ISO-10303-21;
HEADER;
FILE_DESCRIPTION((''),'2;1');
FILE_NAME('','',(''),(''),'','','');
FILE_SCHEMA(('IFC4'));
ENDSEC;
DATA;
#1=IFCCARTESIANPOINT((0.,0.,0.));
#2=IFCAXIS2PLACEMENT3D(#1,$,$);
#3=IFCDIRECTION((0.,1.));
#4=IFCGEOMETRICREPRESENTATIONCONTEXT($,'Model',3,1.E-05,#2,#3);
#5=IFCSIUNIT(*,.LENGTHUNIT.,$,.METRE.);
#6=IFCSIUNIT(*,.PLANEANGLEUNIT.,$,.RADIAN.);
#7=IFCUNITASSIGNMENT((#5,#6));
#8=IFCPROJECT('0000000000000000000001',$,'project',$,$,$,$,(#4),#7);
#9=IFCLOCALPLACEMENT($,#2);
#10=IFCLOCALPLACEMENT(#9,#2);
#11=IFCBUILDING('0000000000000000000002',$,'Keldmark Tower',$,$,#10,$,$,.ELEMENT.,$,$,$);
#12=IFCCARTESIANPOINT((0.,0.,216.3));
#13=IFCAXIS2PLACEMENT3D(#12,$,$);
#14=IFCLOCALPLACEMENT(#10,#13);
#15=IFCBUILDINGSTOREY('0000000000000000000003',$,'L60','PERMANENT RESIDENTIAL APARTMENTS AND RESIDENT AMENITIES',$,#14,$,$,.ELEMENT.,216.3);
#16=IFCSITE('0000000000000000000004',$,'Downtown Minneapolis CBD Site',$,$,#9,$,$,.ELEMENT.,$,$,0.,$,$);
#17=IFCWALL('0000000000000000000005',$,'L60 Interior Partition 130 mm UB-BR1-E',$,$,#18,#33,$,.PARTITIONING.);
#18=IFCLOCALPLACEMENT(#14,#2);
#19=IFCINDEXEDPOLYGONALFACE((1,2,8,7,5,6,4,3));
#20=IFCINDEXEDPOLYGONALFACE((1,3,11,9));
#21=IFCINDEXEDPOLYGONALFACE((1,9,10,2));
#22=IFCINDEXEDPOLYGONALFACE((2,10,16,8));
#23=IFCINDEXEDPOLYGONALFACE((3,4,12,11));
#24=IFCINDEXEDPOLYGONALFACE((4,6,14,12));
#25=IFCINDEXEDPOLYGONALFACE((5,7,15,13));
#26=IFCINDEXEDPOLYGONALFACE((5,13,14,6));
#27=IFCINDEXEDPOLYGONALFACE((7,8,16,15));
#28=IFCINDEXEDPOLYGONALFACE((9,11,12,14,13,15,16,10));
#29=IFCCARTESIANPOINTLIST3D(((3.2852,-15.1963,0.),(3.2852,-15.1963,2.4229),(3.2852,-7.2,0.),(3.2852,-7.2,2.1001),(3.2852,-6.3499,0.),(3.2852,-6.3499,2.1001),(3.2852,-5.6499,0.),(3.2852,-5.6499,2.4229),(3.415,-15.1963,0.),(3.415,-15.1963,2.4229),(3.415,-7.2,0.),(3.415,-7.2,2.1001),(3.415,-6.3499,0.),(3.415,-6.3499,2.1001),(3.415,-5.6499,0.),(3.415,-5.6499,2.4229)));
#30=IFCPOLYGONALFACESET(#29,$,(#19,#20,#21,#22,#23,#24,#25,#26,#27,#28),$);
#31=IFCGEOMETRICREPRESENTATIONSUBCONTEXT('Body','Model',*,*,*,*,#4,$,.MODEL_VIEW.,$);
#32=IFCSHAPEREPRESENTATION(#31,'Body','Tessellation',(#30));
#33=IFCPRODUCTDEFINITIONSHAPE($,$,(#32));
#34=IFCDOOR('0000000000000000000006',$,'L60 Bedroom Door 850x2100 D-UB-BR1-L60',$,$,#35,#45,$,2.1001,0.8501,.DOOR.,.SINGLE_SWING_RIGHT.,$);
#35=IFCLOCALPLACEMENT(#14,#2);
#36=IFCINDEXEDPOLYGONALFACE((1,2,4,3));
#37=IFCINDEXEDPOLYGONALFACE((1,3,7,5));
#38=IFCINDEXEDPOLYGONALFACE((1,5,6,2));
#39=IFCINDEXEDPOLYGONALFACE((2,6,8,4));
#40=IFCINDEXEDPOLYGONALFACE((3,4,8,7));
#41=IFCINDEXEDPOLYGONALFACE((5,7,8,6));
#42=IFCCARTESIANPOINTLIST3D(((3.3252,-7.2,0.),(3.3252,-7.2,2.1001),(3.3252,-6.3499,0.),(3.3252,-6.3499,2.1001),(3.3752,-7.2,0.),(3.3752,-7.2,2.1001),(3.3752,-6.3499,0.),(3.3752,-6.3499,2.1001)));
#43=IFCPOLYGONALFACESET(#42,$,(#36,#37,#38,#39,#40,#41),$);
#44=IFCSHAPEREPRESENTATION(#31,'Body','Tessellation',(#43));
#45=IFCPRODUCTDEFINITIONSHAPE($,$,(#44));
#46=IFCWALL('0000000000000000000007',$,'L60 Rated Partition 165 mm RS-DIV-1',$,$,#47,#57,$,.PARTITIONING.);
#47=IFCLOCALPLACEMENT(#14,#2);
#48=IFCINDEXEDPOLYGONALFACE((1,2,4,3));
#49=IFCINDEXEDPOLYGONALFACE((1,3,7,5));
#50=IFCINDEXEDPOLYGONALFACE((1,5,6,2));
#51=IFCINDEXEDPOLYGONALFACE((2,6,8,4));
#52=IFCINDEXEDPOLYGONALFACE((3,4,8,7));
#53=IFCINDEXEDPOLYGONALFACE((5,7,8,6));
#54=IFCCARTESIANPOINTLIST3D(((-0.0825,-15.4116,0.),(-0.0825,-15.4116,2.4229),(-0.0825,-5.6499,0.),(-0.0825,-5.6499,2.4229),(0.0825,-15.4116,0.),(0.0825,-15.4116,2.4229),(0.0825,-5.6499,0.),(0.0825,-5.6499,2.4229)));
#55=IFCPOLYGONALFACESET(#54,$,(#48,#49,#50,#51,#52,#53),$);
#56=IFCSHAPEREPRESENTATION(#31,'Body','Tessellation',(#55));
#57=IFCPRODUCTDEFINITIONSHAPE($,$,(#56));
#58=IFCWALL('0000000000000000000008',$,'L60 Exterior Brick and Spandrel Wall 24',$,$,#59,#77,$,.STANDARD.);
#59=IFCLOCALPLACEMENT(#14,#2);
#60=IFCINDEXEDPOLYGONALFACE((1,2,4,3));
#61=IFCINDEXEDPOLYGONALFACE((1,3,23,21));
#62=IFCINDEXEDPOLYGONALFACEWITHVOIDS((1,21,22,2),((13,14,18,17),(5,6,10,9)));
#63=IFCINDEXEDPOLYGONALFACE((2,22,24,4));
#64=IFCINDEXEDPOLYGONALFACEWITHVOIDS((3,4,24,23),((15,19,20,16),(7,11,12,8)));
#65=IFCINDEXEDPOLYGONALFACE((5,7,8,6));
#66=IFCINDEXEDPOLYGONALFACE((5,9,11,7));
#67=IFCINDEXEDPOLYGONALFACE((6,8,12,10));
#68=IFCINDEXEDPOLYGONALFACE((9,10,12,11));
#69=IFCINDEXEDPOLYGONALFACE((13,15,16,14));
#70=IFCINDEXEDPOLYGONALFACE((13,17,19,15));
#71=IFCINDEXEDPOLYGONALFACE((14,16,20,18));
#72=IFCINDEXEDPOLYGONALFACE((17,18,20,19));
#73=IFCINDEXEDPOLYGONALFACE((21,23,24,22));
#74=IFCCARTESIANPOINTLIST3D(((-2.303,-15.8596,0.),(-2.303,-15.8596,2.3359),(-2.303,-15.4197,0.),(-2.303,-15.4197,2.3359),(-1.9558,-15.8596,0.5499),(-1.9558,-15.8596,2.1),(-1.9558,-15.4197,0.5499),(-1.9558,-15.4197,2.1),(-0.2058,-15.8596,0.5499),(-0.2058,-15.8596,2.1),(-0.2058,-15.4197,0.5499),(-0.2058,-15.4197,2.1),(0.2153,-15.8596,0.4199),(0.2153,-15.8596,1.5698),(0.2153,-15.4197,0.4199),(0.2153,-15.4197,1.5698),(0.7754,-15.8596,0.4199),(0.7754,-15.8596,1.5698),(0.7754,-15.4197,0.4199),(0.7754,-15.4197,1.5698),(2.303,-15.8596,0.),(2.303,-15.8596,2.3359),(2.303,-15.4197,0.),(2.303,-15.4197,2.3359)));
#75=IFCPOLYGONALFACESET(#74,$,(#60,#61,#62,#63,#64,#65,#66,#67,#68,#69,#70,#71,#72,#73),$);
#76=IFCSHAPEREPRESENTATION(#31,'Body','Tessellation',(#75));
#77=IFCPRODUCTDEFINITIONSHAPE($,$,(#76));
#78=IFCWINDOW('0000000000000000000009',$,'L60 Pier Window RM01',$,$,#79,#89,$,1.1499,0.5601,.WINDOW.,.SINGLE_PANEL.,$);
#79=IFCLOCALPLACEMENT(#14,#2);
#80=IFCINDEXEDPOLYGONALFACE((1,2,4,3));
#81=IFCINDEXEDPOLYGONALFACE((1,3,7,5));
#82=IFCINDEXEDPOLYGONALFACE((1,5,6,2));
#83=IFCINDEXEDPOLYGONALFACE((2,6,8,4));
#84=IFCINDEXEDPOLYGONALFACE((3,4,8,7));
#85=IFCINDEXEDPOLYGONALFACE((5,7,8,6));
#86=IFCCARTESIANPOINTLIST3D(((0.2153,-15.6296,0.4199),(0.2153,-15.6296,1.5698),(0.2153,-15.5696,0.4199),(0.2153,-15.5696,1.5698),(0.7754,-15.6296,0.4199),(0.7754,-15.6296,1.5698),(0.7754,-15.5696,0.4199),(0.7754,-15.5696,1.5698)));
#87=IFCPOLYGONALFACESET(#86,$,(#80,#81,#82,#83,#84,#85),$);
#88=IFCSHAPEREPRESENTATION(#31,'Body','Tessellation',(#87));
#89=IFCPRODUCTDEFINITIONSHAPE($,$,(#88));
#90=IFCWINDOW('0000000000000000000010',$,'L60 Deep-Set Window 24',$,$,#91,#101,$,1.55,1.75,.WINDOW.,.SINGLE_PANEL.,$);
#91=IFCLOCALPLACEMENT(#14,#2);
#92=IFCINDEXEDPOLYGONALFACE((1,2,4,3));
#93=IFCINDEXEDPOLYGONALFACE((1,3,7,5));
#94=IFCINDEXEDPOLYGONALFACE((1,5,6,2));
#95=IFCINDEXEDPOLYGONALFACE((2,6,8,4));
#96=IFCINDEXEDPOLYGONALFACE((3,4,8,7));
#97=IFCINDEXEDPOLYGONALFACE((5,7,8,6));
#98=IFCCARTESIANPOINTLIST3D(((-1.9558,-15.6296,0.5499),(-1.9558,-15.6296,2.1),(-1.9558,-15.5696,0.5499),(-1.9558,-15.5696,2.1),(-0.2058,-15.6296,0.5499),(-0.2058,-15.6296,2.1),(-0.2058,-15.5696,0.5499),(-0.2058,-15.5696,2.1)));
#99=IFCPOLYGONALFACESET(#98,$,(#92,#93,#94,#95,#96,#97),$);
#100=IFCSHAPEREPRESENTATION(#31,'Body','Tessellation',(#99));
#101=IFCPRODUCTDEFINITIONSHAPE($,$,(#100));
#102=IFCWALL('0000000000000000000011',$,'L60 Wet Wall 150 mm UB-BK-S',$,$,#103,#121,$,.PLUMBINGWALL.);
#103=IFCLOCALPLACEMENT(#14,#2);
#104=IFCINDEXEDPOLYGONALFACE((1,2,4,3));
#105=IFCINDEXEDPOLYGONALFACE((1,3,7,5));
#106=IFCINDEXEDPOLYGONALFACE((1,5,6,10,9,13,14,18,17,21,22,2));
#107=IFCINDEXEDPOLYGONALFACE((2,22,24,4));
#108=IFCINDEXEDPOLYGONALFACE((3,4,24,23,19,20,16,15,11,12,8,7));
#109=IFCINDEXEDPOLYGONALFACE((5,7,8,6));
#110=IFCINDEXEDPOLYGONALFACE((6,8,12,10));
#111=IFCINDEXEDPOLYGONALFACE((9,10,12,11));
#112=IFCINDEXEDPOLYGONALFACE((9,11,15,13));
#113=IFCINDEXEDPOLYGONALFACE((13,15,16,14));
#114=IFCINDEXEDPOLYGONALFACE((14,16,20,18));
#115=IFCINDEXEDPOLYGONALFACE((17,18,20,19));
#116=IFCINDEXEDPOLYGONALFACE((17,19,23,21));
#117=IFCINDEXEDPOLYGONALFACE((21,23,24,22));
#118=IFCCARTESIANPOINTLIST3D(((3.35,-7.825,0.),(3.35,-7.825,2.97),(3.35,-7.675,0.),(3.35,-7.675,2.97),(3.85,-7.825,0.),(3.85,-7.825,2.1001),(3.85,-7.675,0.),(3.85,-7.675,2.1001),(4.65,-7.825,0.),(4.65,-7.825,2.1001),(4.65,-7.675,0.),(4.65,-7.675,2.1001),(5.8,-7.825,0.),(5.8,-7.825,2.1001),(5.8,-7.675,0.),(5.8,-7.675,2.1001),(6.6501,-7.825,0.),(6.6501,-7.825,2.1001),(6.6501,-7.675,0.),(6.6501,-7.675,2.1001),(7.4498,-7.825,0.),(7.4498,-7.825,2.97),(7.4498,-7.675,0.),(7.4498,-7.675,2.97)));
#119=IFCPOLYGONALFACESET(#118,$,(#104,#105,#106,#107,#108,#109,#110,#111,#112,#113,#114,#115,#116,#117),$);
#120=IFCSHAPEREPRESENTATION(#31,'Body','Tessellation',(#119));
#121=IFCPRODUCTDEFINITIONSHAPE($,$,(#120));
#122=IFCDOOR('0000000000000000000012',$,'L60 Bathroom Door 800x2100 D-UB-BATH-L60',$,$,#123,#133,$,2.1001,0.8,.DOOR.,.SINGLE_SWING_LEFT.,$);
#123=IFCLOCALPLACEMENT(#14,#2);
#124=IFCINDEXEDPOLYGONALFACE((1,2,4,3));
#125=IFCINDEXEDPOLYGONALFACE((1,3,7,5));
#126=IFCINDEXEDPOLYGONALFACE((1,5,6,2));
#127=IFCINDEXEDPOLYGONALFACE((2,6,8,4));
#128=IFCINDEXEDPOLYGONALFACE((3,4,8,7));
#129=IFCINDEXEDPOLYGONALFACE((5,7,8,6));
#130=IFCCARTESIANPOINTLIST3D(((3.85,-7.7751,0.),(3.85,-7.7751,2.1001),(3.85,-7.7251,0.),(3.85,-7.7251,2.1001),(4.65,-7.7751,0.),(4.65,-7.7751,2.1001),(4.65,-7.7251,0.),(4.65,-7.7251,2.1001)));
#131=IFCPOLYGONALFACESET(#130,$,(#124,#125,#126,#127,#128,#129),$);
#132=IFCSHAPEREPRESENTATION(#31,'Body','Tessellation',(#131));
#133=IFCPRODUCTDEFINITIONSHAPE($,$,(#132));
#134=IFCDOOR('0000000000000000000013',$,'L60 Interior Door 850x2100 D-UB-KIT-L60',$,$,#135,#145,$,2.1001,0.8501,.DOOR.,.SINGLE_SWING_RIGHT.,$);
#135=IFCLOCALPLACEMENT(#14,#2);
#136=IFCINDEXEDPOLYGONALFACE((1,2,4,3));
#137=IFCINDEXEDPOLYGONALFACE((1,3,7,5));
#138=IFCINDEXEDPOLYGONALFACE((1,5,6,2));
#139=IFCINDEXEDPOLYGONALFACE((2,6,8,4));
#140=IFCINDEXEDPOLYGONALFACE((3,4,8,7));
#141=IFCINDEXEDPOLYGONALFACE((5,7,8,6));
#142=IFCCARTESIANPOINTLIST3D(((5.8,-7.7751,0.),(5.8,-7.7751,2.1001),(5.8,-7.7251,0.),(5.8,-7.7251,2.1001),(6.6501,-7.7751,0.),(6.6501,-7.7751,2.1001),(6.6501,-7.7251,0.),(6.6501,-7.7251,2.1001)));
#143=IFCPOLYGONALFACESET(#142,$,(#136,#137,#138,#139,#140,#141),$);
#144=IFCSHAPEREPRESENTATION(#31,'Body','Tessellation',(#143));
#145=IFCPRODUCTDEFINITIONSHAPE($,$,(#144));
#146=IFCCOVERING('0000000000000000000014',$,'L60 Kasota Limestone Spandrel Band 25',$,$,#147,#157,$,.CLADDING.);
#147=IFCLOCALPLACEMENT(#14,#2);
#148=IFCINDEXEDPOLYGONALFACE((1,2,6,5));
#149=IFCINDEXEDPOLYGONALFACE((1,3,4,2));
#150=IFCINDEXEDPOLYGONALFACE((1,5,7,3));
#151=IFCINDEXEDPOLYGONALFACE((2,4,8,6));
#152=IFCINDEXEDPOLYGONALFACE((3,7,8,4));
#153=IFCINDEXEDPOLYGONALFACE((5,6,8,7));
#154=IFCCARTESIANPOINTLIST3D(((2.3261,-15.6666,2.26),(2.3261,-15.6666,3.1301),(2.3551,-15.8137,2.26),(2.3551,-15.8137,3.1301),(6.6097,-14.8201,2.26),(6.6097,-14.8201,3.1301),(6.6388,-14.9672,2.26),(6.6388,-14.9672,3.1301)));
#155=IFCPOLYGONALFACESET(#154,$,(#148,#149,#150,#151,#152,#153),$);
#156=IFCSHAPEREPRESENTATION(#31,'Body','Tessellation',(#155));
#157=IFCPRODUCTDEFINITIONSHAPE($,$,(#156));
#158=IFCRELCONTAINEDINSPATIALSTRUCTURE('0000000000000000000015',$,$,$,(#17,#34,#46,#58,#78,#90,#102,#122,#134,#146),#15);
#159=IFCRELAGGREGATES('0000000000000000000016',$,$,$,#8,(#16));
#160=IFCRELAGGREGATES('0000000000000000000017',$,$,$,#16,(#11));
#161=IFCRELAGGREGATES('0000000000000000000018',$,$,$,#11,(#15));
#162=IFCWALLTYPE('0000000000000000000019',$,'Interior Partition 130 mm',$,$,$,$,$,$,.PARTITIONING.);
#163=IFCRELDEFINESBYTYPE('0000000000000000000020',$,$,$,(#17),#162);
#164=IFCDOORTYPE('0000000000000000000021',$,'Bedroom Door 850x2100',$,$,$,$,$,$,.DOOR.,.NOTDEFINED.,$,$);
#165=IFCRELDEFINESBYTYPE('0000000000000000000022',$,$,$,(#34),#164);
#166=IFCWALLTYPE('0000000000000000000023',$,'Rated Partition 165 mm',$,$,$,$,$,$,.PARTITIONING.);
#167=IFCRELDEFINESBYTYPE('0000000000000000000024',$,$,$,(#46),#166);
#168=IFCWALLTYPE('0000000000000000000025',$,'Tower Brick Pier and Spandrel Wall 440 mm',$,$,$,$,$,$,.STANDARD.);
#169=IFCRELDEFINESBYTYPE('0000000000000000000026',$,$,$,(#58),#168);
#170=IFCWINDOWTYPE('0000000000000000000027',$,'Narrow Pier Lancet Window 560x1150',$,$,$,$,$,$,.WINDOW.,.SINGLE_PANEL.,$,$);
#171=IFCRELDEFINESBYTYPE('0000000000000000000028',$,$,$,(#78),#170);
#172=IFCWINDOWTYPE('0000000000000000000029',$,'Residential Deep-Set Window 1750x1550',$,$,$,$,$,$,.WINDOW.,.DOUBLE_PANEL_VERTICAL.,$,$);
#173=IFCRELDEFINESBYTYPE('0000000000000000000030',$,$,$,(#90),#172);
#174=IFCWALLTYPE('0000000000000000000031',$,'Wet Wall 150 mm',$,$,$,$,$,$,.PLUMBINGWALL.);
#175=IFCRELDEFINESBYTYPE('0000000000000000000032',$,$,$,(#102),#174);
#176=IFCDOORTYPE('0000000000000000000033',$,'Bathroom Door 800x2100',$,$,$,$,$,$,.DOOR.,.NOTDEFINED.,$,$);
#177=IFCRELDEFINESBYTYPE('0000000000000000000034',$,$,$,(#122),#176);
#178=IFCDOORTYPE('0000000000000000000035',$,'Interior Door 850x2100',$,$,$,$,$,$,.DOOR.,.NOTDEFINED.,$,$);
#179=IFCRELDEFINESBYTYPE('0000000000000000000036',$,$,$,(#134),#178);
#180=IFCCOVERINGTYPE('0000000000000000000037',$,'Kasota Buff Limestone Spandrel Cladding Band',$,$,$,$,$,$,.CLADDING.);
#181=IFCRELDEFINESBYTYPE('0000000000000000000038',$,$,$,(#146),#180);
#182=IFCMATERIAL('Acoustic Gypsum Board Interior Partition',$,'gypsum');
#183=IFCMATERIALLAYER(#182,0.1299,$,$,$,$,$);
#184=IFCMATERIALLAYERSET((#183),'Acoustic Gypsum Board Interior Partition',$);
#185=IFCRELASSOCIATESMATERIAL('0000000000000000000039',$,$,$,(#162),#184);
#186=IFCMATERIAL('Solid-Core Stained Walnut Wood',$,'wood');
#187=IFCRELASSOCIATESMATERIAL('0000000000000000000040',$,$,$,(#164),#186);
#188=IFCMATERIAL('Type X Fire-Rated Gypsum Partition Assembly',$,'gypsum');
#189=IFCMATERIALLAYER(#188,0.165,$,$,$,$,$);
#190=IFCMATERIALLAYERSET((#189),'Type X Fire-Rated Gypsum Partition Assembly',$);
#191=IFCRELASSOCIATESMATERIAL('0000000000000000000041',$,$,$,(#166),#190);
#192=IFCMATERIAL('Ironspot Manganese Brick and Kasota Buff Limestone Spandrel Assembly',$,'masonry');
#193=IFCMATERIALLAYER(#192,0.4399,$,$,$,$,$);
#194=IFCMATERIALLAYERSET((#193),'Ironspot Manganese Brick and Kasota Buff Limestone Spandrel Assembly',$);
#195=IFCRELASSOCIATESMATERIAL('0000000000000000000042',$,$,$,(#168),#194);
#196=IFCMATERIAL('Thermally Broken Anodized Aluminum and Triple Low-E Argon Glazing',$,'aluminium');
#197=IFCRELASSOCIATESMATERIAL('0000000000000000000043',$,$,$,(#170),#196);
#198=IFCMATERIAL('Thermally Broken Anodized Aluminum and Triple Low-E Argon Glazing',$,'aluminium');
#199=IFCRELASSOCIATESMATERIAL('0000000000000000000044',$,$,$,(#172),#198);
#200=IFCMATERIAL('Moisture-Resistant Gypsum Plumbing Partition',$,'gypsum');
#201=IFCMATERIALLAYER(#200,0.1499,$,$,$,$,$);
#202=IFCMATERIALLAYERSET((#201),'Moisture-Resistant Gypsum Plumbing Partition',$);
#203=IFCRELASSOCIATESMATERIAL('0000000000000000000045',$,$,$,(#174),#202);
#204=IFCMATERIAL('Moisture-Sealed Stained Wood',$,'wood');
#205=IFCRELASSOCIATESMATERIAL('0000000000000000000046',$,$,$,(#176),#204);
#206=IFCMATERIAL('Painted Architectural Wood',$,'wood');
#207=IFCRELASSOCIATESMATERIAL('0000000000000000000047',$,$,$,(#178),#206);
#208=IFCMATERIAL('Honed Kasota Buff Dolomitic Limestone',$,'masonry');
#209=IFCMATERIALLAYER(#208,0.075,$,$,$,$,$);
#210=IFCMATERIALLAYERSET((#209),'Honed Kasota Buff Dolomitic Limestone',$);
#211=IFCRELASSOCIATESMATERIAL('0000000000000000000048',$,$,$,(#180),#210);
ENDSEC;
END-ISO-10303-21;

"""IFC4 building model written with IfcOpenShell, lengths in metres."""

from ifc_helpers import new_model, si_unit, direction, frame, frame_2d, origin, origin_2d, place, context, subcontext, project, spatial, rectangle, extrude, material, layer, layer_set, type_object, element, fill, save


model = new_model("IFC4")

# Units and contexts
model_context = context("Model", 3, precision=1e-05, world=origin(), true_north=direction((0.0, 1.0)))
body_context = subcontext(model_context, "Body", "Model", "MODEL_VIEW")
ifc_project = project(units=[si_unit("LENGTHUNIT", "METRE"), si_unit("PLANEANGLEUNIT", "RADIAN")], contexts=[model_context])

# Site, building, storey
site_placement = place(None, origin())
site = spatial("IfcSite", under=ifc_project, at=site_placement, Name="Downtown Minneapolis CBD Site", CompositionType="ELEMENT", RefElevation=0.0)
building_placement = place(site_placement, origin())
building = spatial("IfcBuilding", under=site, at=building_placement, Name="Keldmark Tower", CompositionType="ELEMENT")
storey_placement = place(building_placement, frame((0.0, 0.0, 216.3)))
storey = spatial("IfcBuildingStorey", under=building, at=storey_placement, Name="L60", Description="PERMANENT RESIDENTIAL APARTMENTS AND RESIDENT AMENITIES", CompositionType="ELEMENT", Elevation=216.3)

# Wall, opening, door
ifc_material_1 = material(Name="Acoustic Gypsum Board Interior Partition", Category="gypsum")
ifc_layer_1 = layer(ifc_material_1, 0.1299)
ifc_layer_set_1 = layer_set([ifc_layer_1], Name="Acoustic Gypsum Board Interior Partition")
wall_type_1 = type_object("IfcWallType", Name="Interior Partition 130 mm", PredefinedType="PARTITIONING", material=ifc_layer_set_1)
wall_1_placement = place(storey_placement, frame((3.3501, -15.1963, 0.0), z_axis=(0.0, 0.0, 1.0), x_axis=(0.0, 1.0, 0.0)))
wall_1 = element("IfcWall", 1, at=wall_1_placement, inside=storey, type_object=wall_type_1, Name="L60 Interior Partition 130 mm UB-BR1-E", PredefinedType="PARTITIONING", context=body_context, shape_type="SweptSolid", body=[
    extrude(rectangle(XDim=9.5464, YDim=0.1299, at=frame_2d((4.7732, 0.0))), origin(), (0.0, 0.0, 1.0), 2.4229),
])
opening_1_placement = place(wall_1_placement, frame((7.9963, 0.0, 0.0)))
opening_1 = element("IfcOpeningElement", 2, at=opening_1_placement, cuts=wall_1, PredefinedType="OPENING", context=body_context, shape_type="SweptSolid", body=[
    extrude(rectangle(XDim=0.8501, YDim=2.1001, at=frame_2d((0.425, 1.05))), frame((0.0, 0.075, 0.0), z_axis=(0.0, -1.0, 0.0), x_axis=(1.0, 0.0, 0.0)), (0.0, 0.0, 1.0), 0.1499),
])
ifc_material_2 = material(Name="Solid-Core Stained Walnut Wood", Category="wood")
door_type_1 = type_object("IfcDoorType", Name="Bedroom Door 850x2100", OperationType="NOTDEFINED", PredefinedType="DOOR", material=ifc_material_2)
door_1_placement = place(opening_1_placement, origin())
door_1 = element("IfcDoor", 3, at=door_1_placement, inside=storey, type_object=door_type_1, Name="L60 Bedroom Door 850x2100 D-UB-BR1-L60", OperationType="SINGLE_SWING_RIGHT", OverallHeight=2.1001, OverallWidth=0.8501, PredefinedType="DOOR", context=body_context, shape_type="SweptSolid", body=[
    extrude(rectangle(XDim=0.8501, YDim=2.1001, at=frame_2d((0.425, 1.05))), frame((0.0, 0.0249, 0.0), z_axis=(0.0, -1.0, 0.0), x_axis=(1.0, 0.0, 0.0)), (0.0, 0.0, 1.0), 0.05),
])
fill(opening_1, door_1)

# Wall
ifc_material_3 = material(Name="Type X Fire-Rated Gypsum Partition Assembly", Category="gypsum")
ifc_layer_2 = layer(ifc_material_3, 0.165)
ifc_layer_set_2 = layer_set([ifc_layer_2], Name="Type X Fire-Rated Gypsum Partition Assembly")
wall_type_2 = type_object("IfcWallType", Name="Rated Partition 165 mm", PredefinedType="PARTITIONING", material=ifc_layer_set_2)
wall_2_placement = place(storey_placement, frame((0.0, -15.4116, 0.0), z_axis=(0.0, 0.0, 1.0), x_axis=(0.0, 1.0, 0.0)))
element("IfcWall", 4, at=wall_2_placement, inside=storey, type_object=wall_type_2, Name="L60 Rated Partition 165 mm RS-DIV-1", PredefinedType="PARTITIONING", context=body_context, shape_type="SweptSolid", body=[
    extrude(rectangle(XDim=9.7617, YDim=0.165, at=frame_2d((4.8809, 0.0))), origin(), (0.0, 0.0, 1.0), 2.4229),
])

# Wall, openings, windows
ifc_material_4 = material(Name="Ironspot Manganese Brick and Kasota Buff Limestone Spandrel Assembly", Category="masonry")
ifc_layer_3 = layer(ifc_material_4, 0.4399)
ifc_layer_set_3 = layer_set([ifc_layer_3], Name="Ironspot Manganese Brick and Kasota Buff Limestone Spandrel Assembly")
wall_type_3 = type_object("IfcWallType", Name="Tower Brick Pier and Spandrel Wall 440 mm", PredefinedType="STANDARD", material=ifc_layer_set_3)
wall_3_placement = place(storey_placement, frame((2.303, -15.6396, 0.0), z_axis=(0.0, 0.0, 1.0), x_axis=(-1.0, 0.0, 0.0)))
wall_3 = element("IfcWall", 5, at=wall_3_placement, inside=storey, type_object=wall_type_3, Name="L60 Exterior Brick and Spandrel Wall 24", PredefinedType="STANDARD", context=body_context, shape_type="SweptSolid", body=[
    extrude(rectangle(XDim=4.606, YDim=0.4399, at=frame_2d((2.303, 0.0))), origin(), (0.0, 0.0, 1.0), 2.3359),
])
opening_2_placement = place(wall_3_placement, frame((2.5088, 0.0, 0.55)))
opening_2 = element("IfcOpeningElement", 6, at=opening_2_placement, cuts=wall_3, PredefinedType="OPENING", context=body_context, shape_type="SweptSolid", body=[
    extrude(rectangle(XDim=1.75, YDim=1.55, at=frame_2d((0.875, 0.7749))), frame((0.0, 0.23, 0.0), z_axis=(0.0, -1.0, 0.0), x_axis=(1.0, 0.0, 0.0)), (0.0, 0.0, 1.0), 0.46),
])
opening_3_placement = place(wall_3_placement, frame((1.5276, 0.0, 0.4199)))
opening_3 = element("IfcOpeningElement", 7, at=opening_3_placement, cuts=wall_3, PredefinedType="OPENING", context=body_context, shape_type="SweptSolid", body=[
    extrude(rectangle(XDim=0.5601, YDim=1.1499, at=frame_2d((0.28, 0.575))), frame((0.0, 0.23, 0.0), z_axis=(0.0, -1.0, 0.0), x_axis=(1.0, 0.0, 0.0)), (0.0, 0.0, 1.0), 0.46),
])
ifc_material_5 = material(Name="Thermally Broken Anodized Aluminum and Triple Low-E Argon Glazing", Category="aluminium")
window_type_1 = type_object("IfcWindowType", Name="Narrow Pier Lancet Window 560x1150", PartitioningType="SINGLE_PANEL", PredefinedType="WINDOW", material=ifc_material_5)
window_1_placement = place(opening_3_placement, origin())
window_1 = element("IfcWindow", 8, at=window_1_placement, inside=storey, type_object=window_type_1, Name="L60 Pier Window RM01", OverallHeight=1.1499, OverallWidth=0.5601, PartitioningType="SINGLE_PANEL", PredefinedType="WINDOW", context=body_context, shape_type="SweptSolid", body=[
    extrude(rectangle(XDim=0.5601, YDim=1.1499, at=frame_2d((0.28, 0.575))), frame((0.0, -0.01, 0.0), z_axis=(0.0, -1.0, 0.0), x_axis=(1.0, 0.0, 0.0)), (0.0, 0.0, 1.0), 0.0601),
])
fill(opening_3, window_1)
ifc_material_6 = material(Name="Thermally Broken Anodized Aluminum and Triple Low-E Argon Glazing", Category="aluminium")
window_type_2 = type_object("IfcWindowType", Name="Residential Deep-Set Window 1750x1550", PartitioningType="DOUBLE_PANEL_VERTICAL", PredefinedType="WINDOW", material=ifc_material_6)
window_2_placement = place(opening_2_placement, origin())
window_2 = element("IfcWindow", 9, at=window_2_placement, inside=storey, type_object=window_type_2, Name="L60 Deep-Set Window 24", OverallHeight=1.55, OverallWidth=1.75, PartitioningType="SINGLE_PANEL", PredefinedType="WINDOW", context=body_context, shape_type="SweptSolid", body=[
    extrude(rectangle(XDim=1.75, YDim=1.55, at=frame_2d((0.875, 0.7749))), frame((0.0, -0.01, 0.0), z_axis=(0.0, -1.0, 0.0), x_axis=(1.0, 0.0, 0.0)), (0.0, 0.0, 1.0), 0.0601),
])
fill(opening_2, window_2)

# Wall, openings, doors
ifc_material_7 = material(Name="Moisture-Resistant Gypsum Plumbing Partition", Category="gypsum")
ifc_layer_4 = layer(ifc_material_7, 0.1499)
ifc_layer_set_4 = layer_set([ifc_layer_4], Name="Moisture-Resistant Gypsum Plumbing Partition")
wall_type_4 = type_object("IfcWallType", Name="Wet Wall 150 mm", PredefinedType="PLUMBINGWALL", material=ifc_layer_set_4)
wall_4_placement = place(storey_placement, frame((3.3501, -7.75, 0.0), z_axis=(0.0, 0.0, 1.0), x_axis=(1.0, 0.0, 0.0)))
wall_4 = element("IfcWall", 10, at=wall_4_placement, inside=storey, type_object=wall_type_4, Name="L60 Wet Wall 150 mm UB-BK-S", PredefinedType="PLUMBINGWALL", context=body_context, shape_type="SweptSolid", body=[
    extrude(rectangle(XDim=4.0999, YDim=0.1499, at=frame_2d((2.0498, 0.0))), origin(), (0.0, 0.0, 1.0), 2.97),
])
opening_4_placement = place(wall_4_placement, frame((0.5, 0.0, 0.0)))
opening_4 = element("IfcOpeningElement", 11, at=opening_4_placement, cuts=wall_4, PredefinedType="OPENING", context=body_context, shape_type="SweptSolid", body=[
    extrude(rectangle(XDim=0.8, YDim=2.1001, at=frame_2d((0.3999, 1.05))), frame((0.0, 0.085, 0.0), z_axis=(0.0, -1.0, 0.0), x_axis=(1.0, 0.0, 0.0)), (0.0, 0.0, 1.0), 0.1699),
])
opening_5_placement = place(wall_4_placement, frame((2.45, 0.0, 0.0)))
opening_5 = element("IfcOpeningElement", 12, at=opening_5_placement, cuts=wall_4, PredefinedType="OPENING", context=body_context, shape_type="SweptSolid", body=[
    extrude(rectangle(XDim=0.8501, YDim=2.1001, at=frame_2d((0.425, 1.05))), frame((0.0, 0.085, 0.0), z_axis=(0.0, -1.0, 0.0), x_axis=(1.0, 0.0, 0.0)), (0.0, 0.0, 1.0), 0.1699),
])
ifc_material_8 = material(Name="Moisture-Sealed Stained Wood", Category="wood")
door_type_2 = type_object("IfcDoorType", Name="Bathroom Door 800x2100", OperationType="NOTDEFINED", PredefinedType="DOOR", material=ifc_material_8)
door_2_placement = place(opening_4_placement, origin())
door_2 = element("IfcDoor", 13, at=door_2_placement, inside=storey, type_object=door_type_2, Name="L60 Bathroom Door 800x2100 D-UB-BATH-L60", OperationType="SINGLE_SWING_LEFT", OverallHeight=2.1001, OverallWidth=0.8, PredefinedType="DOOR", context=body_context, shape_type="SweptSolid", body=[
    extrude(rectangle(XDim=0.8, YDim=2.1001, at=frame_2d((0.3999, 1.05))), frame((0.0, 0.0249, 0.0), z_axis=(0.0, -1.0, 0.0), x_axis=(1.0, 0.0, 0.0)), (0.0, 0.0, 1.0), 0.05),
])
fill(opening_4, door_2)
ifc_material_9 = material(Name="Painted Architectural Wood", Category="wood")
door_type_3 = type_object("IfcDoorType", Name="Interior Door 850x2100", OperationType="NOTDEFINED", PredefinedType="DOOR", material=ifc_material_9)
door_3_placement = place(opening_5_placement, origin())
door_3 = element("IfcDoor", 14, at=door_3_placement, inside=storey, type_object=door_type_3, Name="L60 Interior Door 850x2100 D-UB-KIT-L60", OperationType="SINGLE_SWING_RIGHT", OverallHeight=2.1001, OverallWidth=0.8501, PredefinedType="DOOR", context=body_context, shape_type="SweptSolid", body=[
    extrude(rectangle(XDim=0.8501, YDim=2.1001, at=frame_2d((0.425, 1.05))), frame((0.0, 0.0249, 0.0), z_axis=(0.0, -1.0, 0.0), x_axis=(1.0, 0.0, 0.0)), (0.0, 0.0, 1.0), 0.05),
])
fill(opening_5, door_3)

# Covering
ifc_material_10 = material(Name="Honed Kasota Buff Dolomitic Limestone", Category="masonry")
ifc_layer_5 = layer(ifc_material_10, 0.075)
ifc_layer_set_5 = layer_set([ifc_layer_5], Name="Honed Kasota Buff Dolomitic Limestone")
covering_type = type_object("IfcCoveringType", Name="Kasota Buff Limestone Spandrel Cladding Band", PredefinedType="CLADDING", material=ifc_layer_set_5)
covering_placement = place(storey_placement, frame((4.4824, -15.3169, 2.26), z_axis=(0.0, 0.0, 1.0), x_axis=(0.981026, 0.193875, 0.0)))
element("IfcCovering", 15, at=covering_placement, inside=storey, type_object=covering_type, Name="L60 Kasota Limestone Spandrel Band 25", PredefinedType="CLADDING", context=body_context, shape_type="SweptSolid", body=[
    extrude(rectangle(XDim=4.3665, YDim=0.1499, at=origin_2d()), origin(), (0.0, 0.0, 1.0), 0.8701),
])

save(model, "model.ifc")
